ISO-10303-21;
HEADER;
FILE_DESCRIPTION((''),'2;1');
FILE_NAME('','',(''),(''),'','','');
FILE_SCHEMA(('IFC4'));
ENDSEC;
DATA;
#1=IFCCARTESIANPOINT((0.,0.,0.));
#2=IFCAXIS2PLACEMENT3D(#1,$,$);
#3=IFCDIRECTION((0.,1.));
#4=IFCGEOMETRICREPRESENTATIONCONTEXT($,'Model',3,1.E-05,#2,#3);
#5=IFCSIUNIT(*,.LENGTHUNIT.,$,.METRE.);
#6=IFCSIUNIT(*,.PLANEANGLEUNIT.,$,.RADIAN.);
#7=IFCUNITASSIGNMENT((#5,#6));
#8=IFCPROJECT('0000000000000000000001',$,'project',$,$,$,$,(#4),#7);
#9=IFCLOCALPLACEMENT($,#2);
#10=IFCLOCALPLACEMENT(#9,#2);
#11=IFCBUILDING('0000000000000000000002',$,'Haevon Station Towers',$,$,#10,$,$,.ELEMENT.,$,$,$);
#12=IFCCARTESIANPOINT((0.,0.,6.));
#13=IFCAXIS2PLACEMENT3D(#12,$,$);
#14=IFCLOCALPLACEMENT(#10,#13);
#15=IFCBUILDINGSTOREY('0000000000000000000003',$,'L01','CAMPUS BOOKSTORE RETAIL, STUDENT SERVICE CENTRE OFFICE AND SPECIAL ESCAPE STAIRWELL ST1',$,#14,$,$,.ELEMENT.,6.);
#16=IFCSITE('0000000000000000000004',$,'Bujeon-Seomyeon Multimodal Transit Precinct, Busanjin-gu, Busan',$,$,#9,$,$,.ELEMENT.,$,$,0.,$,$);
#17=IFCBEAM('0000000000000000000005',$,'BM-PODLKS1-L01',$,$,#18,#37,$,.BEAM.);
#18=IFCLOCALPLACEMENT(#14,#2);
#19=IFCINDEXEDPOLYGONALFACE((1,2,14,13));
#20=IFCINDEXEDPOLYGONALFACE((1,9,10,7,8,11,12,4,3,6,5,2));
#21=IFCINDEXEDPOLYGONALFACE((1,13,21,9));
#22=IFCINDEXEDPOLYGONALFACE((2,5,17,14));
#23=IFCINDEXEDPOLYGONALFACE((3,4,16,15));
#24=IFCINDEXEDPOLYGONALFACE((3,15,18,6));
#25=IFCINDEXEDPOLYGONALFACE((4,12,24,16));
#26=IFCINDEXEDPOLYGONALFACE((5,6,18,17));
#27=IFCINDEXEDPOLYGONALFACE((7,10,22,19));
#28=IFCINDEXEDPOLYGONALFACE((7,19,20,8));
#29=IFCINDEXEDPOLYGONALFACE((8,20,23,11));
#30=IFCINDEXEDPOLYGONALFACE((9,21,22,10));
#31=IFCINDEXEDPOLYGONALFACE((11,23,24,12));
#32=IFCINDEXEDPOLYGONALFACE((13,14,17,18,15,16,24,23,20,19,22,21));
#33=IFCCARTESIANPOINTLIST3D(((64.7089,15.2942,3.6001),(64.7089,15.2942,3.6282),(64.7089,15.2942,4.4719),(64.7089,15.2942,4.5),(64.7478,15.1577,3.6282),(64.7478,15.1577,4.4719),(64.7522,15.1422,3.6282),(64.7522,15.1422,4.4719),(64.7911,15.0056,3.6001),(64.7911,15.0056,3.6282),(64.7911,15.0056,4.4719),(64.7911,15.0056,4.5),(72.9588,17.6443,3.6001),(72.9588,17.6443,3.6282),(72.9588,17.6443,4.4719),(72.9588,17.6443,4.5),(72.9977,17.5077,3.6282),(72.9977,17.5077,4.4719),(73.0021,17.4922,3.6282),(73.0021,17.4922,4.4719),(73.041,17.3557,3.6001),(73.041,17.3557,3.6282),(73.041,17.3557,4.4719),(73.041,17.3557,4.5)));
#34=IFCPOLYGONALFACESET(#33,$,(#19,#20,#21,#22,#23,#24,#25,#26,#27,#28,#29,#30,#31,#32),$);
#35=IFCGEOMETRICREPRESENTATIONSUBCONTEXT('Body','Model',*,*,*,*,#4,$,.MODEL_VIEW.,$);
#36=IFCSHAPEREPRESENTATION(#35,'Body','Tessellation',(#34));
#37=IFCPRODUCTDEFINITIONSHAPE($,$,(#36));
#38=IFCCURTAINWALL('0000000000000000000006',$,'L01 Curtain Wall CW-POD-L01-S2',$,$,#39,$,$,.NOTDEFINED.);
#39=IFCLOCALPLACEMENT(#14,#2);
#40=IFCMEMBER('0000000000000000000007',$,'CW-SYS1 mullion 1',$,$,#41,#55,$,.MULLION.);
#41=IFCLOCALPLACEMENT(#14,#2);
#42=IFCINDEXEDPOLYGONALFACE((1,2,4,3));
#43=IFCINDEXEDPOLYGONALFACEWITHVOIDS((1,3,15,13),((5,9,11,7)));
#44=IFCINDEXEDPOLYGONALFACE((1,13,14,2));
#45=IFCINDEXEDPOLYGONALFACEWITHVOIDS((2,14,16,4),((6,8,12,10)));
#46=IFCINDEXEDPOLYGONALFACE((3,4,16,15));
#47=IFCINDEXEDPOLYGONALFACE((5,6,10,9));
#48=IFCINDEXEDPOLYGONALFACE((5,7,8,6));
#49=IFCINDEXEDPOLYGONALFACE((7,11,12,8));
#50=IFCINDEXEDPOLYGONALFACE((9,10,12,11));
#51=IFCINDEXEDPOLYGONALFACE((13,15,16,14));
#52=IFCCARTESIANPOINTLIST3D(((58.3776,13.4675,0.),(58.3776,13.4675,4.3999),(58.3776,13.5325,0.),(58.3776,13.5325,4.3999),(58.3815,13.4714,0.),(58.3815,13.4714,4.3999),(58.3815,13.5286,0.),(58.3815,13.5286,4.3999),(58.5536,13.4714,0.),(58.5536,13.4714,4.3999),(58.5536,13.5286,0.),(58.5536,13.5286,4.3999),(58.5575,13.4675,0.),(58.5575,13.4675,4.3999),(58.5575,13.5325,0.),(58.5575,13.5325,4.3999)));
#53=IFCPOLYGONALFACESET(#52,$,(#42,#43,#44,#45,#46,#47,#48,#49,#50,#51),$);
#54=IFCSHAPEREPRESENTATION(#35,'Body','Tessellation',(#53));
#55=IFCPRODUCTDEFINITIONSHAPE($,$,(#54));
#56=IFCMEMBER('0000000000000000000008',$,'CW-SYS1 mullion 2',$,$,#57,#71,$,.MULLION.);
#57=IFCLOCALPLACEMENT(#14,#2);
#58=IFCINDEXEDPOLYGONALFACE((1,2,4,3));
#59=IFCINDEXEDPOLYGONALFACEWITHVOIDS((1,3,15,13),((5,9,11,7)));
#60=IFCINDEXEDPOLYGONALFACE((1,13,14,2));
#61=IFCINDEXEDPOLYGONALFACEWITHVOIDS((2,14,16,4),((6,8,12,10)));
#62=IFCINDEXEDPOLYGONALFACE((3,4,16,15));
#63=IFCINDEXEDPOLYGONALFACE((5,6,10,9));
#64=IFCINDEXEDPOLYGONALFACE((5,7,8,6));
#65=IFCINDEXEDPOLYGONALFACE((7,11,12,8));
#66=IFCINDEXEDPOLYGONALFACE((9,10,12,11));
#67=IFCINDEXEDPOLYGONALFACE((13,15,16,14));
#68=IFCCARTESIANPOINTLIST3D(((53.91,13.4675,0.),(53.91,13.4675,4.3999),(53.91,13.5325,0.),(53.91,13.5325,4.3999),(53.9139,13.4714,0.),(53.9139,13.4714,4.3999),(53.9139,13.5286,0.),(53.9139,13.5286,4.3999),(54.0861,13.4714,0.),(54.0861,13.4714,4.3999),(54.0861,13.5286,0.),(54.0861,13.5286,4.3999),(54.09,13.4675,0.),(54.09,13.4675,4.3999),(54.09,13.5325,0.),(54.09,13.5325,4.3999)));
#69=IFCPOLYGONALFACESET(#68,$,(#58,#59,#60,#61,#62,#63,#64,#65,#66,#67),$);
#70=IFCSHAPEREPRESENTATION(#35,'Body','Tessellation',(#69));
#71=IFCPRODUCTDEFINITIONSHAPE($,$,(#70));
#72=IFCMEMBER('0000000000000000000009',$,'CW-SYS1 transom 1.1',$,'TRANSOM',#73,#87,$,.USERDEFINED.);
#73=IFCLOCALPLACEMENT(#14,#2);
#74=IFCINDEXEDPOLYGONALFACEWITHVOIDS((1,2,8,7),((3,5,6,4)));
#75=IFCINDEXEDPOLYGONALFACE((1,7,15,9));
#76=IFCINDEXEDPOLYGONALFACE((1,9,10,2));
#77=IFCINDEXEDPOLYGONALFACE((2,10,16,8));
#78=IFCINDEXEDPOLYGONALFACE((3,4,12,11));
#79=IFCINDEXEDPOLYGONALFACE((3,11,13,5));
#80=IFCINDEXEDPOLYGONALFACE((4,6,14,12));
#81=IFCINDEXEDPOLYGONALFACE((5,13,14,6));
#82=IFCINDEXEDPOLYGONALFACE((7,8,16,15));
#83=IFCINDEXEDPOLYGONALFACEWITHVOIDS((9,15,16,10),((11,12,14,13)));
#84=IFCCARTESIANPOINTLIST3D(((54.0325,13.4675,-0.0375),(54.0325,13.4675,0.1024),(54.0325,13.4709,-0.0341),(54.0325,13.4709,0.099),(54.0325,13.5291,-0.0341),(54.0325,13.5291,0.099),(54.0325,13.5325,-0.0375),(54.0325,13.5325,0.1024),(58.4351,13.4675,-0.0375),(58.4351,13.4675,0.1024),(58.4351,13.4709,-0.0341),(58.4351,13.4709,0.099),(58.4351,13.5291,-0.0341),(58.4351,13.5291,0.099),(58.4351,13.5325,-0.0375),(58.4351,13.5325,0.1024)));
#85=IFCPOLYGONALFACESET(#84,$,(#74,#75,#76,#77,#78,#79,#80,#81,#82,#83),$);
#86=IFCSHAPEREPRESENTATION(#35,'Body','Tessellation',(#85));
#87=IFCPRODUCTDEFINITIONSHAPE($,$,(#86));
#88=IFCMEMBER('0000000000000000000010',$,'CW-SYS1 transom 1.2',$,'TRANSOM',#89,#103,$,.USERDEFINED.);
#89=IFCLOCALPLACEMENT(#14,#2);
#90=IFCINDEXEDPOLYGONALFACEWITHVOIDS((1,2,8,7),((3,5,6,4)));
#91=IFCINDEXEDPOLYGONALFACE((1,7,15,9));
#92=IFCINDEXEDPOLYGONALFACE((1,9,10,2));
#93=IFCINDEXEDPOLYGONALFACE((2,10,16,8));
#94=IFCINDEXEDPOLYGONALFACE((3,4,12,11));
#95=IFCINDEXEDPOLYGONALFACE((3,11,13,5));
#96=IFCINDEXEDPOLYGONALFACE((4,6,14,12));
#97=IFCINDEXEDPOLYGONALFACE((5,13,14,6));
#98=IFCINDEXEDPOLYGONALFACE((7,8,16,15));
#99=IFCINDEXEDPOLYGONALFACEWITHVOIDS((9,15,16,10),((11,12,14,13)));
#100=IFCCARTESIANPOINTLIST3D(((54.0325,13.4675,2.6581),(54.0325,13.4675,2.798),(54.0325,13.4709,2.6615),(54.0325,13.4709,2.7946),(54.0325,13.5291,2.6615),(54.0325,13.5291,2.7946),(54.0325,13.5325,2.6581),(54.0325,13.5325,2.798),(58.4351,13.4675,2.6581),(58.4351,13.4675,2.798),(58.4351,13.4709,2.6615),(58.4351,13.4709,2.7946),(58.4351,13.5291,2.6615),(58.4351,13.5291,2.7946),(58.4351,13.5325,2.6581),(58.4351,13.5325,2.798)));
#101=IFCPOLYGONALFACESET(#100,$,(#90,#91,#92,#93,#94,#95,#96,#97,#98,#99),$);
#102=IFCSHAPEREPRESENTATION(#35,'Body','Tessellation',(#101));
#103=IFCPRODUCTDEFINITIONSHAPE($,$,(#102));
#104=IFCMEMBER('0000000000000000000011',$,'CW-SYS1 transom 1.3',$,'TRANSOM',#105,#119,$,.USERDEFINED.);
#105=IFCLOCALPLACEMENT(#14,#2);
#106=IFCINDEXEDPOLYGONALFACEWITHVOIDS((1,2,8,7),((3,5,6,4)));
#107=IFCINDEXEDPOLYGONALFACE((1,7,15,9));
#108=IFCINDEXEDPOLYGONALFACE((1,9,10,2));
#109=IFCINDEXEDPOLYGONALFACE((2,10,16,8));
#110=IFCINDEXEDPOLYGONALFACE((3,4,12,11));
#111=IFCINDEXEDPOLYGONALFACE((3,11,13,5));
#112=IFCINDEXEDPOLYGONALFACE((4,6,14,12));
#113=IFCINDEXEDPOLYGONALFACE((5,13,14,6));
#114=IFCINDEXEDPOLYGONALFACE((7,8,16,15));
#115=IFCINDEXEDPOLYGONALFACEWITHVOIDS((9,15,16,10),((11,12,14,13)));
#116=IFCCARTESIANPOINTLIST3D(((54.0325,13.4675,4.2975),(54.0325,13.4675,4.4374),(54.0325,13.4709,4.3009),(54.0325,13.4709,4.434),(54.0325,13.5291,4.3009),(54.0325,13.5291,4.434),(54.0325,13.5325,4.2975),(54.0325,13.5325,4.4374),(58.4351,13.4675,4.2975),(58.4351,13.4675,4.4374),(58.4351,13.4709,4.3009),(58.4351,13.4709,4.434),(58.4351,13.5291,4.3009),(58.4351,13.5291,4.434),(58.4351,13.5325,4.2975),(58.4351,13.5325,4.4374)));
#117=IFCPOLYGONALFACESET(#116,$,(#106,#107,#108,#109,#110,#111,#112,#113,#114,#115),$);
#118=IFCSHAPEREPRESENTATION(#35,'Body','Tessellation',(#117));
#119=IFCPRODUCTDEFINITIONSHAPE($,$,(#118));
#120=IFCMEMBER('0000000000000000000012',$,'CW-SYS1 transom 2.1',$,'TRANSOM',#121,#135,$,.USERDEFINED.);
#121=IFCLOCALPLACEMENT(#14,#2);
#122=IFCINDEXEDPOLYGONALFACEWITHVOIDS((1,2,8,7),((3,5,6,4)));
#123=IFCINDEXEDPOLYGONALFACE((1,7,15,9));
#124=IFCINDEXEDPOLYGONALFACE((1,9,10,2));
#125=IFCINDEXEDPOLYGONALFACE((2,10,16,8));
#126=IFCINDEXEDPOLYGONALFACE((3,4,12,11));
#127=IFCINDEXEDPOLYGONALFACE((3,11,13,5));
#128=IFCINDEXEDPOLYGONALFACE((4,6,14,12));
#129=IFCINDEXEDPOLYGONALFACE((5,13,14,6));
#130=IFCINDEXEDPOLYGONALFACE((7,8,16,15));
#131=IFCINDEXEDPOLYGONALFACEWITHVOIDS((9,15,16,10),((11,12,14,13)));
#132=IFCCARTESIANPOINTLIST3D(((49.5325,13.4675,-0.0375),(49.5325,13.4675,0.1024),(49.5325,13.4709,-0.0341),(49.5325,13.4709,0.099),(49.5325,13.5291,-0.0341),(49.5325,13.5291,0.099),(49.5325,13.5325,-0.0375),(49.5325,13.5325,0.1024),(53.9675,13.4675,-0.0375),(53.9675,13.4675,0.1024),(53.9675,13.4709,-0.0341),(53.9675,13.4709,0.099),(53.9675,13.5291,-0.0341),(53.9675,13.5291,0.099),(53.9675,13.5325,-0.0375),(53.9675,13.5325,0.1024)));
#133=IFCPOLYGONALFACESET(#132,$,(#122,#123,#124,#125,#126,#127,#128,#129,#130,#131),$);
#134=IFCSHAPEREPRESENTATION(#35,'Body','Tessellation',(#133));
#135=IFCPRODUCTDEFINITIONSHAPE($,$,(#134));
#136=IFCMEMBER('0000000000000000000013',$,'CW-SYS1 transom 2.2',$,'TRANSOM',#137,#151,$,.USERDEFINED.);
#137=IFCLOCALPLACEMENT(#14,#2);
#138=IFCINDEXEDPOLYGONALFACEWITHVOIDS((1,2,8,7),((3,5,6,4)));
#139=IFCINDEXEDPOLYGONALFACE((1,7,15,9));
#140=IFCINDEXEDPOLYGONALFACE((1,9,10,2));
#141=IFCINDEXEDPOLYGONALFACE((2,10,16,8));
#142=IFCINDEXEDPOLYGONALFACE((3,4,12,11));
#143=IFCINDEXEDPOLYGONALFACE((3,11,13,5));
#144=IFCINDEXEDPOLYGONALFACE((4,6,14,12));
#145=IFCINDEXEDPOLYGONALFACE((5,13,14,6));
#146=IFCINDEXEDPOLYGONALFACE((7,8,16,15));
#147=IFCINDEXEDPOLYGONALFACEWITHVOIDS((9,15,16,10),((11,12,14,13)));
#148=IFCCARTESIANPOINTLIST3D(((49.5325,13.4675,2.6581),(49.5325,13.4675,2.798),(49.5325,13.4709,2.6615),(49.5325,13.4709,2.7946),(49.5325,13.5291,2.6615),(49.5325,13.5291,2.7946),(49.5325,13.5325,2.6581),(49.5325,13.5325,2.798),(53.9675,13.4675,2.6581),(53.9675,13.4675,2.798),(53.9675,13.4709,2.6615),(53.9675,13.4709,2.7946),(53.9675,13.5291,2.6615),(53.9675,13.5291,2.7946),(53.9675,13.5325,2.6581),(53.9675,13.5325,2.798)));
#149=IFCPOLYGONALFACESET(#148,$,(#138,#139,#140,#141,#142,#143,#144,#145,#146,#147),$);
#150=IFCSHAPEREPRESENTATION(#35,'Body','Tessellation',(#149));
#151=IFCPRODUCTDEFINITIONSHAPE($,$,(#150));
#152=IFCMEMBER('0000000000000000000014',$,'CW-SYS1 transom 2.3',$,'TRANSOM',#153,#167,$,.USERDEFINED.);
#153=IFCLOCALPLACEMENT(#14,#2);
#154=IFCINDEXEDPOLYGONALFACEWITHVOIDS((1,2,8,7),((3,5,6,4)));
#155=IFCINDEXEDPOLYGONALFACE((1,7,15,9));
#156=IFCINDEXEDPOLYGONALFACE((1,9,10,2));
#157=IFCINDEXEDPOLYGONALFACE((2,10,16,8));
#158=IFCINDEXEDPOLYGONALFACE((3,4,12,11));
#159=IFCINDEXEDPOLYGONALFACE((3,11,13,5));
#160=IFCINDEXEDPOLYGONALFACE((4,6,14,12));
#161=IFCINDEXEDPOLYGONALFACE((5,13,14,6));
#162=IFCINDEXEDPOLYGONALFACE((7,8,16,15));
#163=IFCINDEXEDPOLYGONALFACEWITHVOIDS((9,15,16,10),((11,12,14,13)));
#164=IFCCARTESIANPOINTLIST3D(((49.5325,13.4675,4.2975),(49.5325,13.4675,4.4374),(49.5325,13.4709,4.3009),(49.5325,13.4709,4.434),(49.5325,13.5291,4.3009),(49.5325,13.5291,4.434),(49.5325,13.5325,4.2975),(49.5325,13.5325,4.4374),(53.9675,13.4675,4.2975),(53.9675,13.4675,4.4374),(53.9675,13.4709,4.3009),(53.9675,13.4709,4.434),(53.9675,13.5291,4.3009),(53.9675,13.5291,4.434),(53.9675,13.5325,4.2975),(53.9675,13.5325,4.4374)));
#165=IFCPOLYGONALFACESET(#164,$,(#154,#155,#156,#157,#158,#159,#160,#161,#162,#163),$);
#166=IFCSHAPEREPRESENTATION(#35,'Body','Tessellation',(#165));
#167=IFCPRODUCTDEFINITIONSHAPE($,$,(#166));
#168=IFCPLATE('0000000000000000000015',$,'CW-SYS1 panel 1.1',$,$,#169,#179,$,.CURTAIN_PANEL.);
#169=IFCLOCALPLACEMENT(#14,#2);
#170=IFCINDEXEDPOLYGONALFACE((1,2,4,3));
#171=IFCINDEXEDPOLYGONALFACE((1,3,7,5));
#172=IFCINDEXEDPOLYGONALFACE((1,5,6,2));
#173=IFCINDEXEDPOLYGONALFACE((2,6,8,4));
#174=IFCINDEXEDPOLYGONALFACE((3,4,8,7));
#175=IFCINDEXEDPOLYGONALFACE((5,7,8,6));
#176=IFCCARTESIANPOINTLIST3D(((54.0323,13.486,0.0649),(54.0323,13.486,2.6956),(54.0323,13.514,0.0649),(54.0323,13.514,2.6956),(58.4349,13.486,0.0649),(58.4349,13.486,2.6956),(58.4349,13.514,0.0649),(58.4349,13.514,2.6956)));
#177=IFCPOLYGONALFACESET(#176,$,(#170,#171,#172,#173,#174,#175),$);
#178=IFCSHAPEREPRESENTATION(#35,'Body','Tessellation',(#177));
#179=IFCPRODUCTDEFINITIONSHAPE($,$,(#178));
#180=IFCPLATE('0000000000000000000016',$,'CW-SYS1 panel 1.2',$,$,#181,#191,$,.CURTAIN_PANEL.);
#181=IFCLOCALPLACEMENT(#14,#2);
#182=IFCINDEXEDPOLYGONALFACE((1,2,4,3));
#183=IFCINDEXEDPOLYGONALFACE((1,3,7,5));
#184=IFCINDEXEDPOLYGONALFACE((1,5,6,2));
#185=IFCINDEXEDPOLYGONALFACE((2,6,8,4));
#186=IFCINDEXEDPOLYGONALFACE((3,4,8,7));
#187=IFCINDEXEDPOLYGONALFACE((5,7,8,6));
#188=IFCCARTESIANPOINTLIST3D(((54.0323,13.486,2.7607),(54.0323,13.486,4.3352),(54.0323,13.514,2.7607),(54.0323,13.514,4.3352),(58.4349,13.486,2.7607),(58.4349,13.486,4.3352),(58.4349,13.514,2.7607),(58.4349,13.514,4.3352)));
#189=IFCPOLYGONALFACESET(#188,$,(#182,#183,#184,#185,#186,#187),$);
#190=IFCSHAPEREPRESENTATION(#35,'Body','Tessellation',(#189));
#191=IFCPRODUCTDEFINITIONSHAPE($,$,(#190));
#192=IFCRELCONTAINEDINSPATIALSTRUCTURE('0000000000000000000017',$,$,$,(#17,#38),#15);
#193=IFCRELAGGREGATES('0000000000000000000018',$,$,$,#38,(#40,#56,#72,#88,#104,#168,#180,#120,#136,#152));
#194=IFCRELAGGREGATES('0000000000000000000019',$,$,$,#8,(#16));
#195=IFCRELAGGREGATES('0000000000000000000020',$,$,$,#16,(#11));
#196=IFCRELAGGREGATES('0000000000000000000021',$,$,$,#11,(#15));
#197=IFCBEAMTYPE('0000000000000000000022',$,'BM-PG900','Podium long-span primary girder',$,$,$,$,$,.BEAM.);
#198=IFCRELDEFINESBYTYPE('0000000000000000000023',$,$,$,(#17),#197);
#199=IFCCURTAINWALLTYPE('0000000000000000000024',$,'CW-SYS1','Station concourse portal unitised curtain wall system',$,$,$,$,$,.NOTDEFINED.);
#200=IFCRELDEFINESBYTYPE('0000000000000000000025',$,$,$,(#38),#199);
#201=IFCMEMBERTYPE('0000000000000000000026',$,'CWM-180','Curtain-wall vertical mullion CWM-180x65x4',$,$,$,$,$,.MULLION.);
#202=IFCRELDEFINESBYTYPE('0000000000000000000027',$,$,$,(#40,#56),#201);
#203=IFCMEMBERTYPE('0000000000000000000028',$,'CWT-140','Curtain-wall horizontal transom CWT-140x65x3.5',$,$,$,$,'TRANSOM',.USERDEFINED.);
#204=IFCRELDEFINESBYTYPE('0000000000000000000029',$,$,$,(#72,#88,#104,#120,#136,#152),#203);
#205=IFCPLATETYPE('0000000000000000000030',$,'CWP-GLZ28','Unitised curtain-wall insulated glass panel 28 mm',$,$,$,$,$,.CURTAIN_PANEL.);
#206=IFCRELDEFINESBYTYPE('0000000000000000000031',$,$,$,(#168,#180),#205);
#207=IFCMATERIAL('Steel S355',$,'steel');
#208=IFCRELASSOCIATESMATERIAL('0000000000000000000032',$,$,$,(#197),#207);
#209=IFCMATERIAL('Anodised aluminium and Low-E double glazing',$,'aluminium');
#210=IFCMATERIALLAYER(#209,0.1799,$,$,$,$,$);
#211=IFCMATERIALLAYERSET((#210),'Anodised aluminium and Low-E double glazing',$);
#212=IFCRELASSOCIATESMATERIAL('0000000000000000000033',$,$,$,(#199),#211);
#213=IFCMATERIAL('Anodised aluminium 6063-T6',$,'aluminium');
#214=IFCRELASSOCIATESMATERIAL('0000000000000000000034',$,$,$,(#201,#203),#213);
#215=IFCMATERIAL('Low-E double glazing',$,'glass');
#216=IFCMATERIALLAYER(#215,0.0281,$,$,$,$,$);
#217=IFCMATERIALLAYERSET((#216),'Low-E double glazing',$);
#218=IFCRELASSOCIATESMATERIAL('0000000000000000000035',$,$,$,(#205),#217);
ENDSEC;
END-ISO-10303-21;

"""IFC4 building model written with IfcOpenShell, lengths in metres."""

from ifc_helpers import new_model, si_unit, direction, frame, origin, origin_2d, place, context, subcontext, project, spatial, rectangle, hollow_rectangle, i_section, extrude, material, layer, layer_set, material_profile, profile_set, type_object, element, aggregate, save


model = new_model("IFC4")

# Units and contexts
model_context = context("Model", 3, precision=1e-05, world=origin(), true_north=direction((0.0, 1.0)))
body_context = subcontext(model_context, "Body", "Model", "MODEL_VIEW")
ifc_project = project(units=[si_unit("LENGTHUNIT", "METRE"), si_unit("PLANEANGLEUNIT", "RADIAN")], contexts=[model_context])

# Site, building, storey
site_placement = place(None, origin())
site = spatial("IfcSite", under=ifc_project, at=site_placement, Name="Bujeon-Seomyeon Multimodal Transit Precinct, Busanjin-gu, Busan", CompositionType="ELEMENT", RefElevation=0.0)
building_placement = place(site_placement, origin())
building = spatial("IfcBuilding", under=site, at=building_placement, Name="Haevon Station Towers", CompositionType="ELEMENT")
storey_placement = place(building_placement, frame((0.0, 0.0, 6.0)))
storey = spatial("IfcBuildingStorey", under=building, at=storey_placement, Name="L01", Description="CAMPUS BOOKSTORE RETAIL, STUDENT SERVICE CENTRE OFFICE AND SPECIAL ESCAPE STAIRWELL ST1", CompositionType="ELEMENT", Elevation=6.0)

# Beam
ifc_material_1 = material(Name="Steel S355", Category="steel")
ifc_material_profile_1 = material_profile(ifc_material_1, i_section(OverallWidth=0.3, OverallDepth=0.8999, WebThickness=0.0161, FlangeThickness=0.0281, at=origin_2d()), Name="H-900x300x16x28")
ifc_profile_set_1 = profile_set([ifc_material_profile_1], Name="Steel S355")
beam_type_1 = type_object("IfcBeamType", Name="BM-PG900", Description="Podium long-span primary girder", PredefinedType="BEAM", material=ifc_profile_set_1)
beam_1_placement = place(storey_placement, frame((64.75, 15.1499, 4.05), z_axis=(0.961741, 0.273962, 0.0), x_axis=(-0.273962, 0.961741, 0.0)))
element("IfcBeam", 1, at=beam_1_placement, inside=storey, type_object=beam_type_1, Name="BM-PODLKS1-L01", PredefinedType="BEAM", context=body_context, shape_type="SweptSolid", body=[
    extrude(i_section(OverallWidth=0.3, OverallDepth=0.8999, WebThickness=0.0161, FlangeThickness=0.0281, at=origin_2d()), origin(), (0.0, 0.0, 1.0), 8.5781),
])

# Curtain wall, members, plates
ifc_material_2 = material(Name="Anodised aluminium and Low-E double glazing", Category="aluminium")
ifc_layer_1 = layer(ifc_material_2, 0.1799)
ifc_layer_set_1 = layer_set([ifc_layer_1], Name="Anodised aluminium and Low-E double glazing")
curtain_wall_type = type_object("IfcCurtainWallType", Name="CW-SYS1", Description="Station concourse portal unitised curtain wall system", PredefinedType="NOTDEFINED", material=ifc_layer_set_1)
curtain_wall_placement = place(storey_placement, origin())
curtain_wall = element("IfcCurtainWall", 2, at=curtain_wall_placement, inside=storey, type_object=curtain_wall_type, Name="L01 Curtain Wall CW-POD-L01-S2", PredefinedType="NOTDEFINED")
ifc_material_3 = material(Name="Anodised aluminium 6063-T6", Category="aluminium")
ifc_material_profile_2 = material_profile(ifc_material_3, hollow_rectangle(XDim=0.0649, YDim=0.1799, WallThickness=0.0039, at=origin_2d()), Name="CWM-180x65x4")
ifc_profile_set_2 = profile_set([ifc_material_profile_2], Name="Anodised aluminium 6063-T6")
member_type_1 = type_object("IfcMemberType", Name="CWM-180", Description="Curtain-wall vertical mullion CWM-180x65x4", PredefinedType="MULLION", material=ifc_profile_set_2)
member_1_placement = place(storey_placement, frame((58.4675, 13.5, 0.0), z_axis=(0.0, 0.0, 1.0), x_axis=(0.0, -1.0, 0.0)))
member_1 = element("IfcMember", 3, at=member_1_placement, type_object=member_type_1, Name="CW-SYS1 mullion 1", PredefinedType="MULLION", context=body_context, shape_type="SweptSolid", body=[
    extrude(hollow_rectangle(XDim=0.0649, YDim=0.1799, WallThickness=0.0039, at=origin_2d()), origin(), (0.0, 0.0, 1.0), 4.3999),
])
member_2_placement = place(storey_placement, frame((54.0, 13.5, 0.0), z_axis=(0.0, 0.0, 1.0), x_axis=(0.0, -1.0, 0.0)))
member_2 = element("IfcMember", 4, at=member_2_placement, type_object=member_type_1, Name="CW-SYS1 mullion 2", PredefinedType="MULLION", context=body_context, shape_type="SweptSolid", body=[
    extrude(hollow_rectangle(XDim=0.0649, YDim=0.1799, WallThickness=0.0039, at=origin_2d()), origin(), (0.0, 0.0, 1.0), 4.3999),
])
ifc_material_profile_3 = material_profile(ifc_material_3, hollow_rectangle(XDim=0.0649, YDim=0.1399, WallThickness=0.0034, at=origin_2d()), Name="CWT-140x65x3.5")
ifc_profile_set_3 = profile_set([ifc_material_profile_3], Name="Anodised aluminium 6063-T6")
member_type_2 = type_object("IfcMemberType", Name="CWT-140", Description="Curtain-wall horizontal transom CWT-140x65x3.5", ElementType="TRANSOM", PredefinedType="USERDEFINED", material=ifc_profile_set_3)
member_3_placement = place(storey_placement, frame((58.4351, 13.5, 0.0325), z_axis=(-1.0, 0.0, 0.0), x_axis=(0.0, -1.0, 0.0)))
member_3 = element("IfcMember", 5, at=member_3_placement, type_object=member_type_2, Name="CW-SYS1 transom 1.1", ObjectType="TRANSOM", PredefinedType="USERDEFINED", context=body_context, shape_type="SweptSolid", body=[
    extrude(hollow_rectangle(XDim=0.0649, YDim=0.1399, WallThickness=0.0034, at=origin_2d()), origin(), (0.0, 0.0, 1.0), 4.4026),
])
member_4_placement = place(storey_placement, frame((58.4351, 13.5, 2.728), z_axis=(-1.0, 0.0, 0.0), x_axis=(0.0, -1.0, 0.0)))
member_4 = element("IfcMember", 6, at=member_4_placement, type_object=member_type_2, Name="CW-SYS1 transom 1.2", ObjectType="TRANSOM", PredefinedType="USERDEFINED", context=body_context, shape_type="SweptSolid", body=[
    extrude(hollow_rectangle(XDim=0.0649, YDim=0.1399, WallThickness=0.0034, at=origin_2d()), origin(), (0.0, 0.0, 1.0), 4.4026),
])
member_5_placement = place(storey_placement, frame((58.4351, 13.5, 4.3674), z_axis=(-1.0, 0.0, 0.0), x_axis=(0.0, -1.0, 0.0)))
member_5 = element("IfcMember", 7, at=member_5_placement, type_object=member_type_2, Name="CW-SYS1 transom 1.3", ObjectType="TRANSOM", PredefinedType="USERDEFINED", context=body_context, shape_type="SweptSolid", body=[
    extrude(hollow_rectangle(XDim=0.0649, YDim=0.1399, WallThickness=0.0034, at=origin_2d()), origin(), (0.0, 0.0, 1.0), 4.4026),
])
member_6_placement = place(storey_placement, frame((53.9675, 13.5, 0.0325), z_axis=(-1.0, 0.0, 0.0), x_axis=(0.0, -1.0, 0.0)))
member_6 = element("IfcMember", 8, at=member_6_placement, type_object=member_type_2, Name="CW-SYS1 transom 2.1", ObjectType="TRANSOM", PredefinedType="USERDEFINED", context=body_context, shape_type="SweptSolid", body=[
    extrude(hollow_rectangle(XDim=0.0649, YDim=0.1399, WallThickness=0.0034, at=origin_2d()), origin(), (0.0, 0.0, 1.0), 4.4351),
])
member_7_placement = place(storey_placement, frame((53.9675, 13.5, 2.728), z_axis=(-1.0, 0.0, 0.0), x_axis=(0.0, -1.0, 0.0)))
member_7 = element("IfcMember", 9, at=member_7_placement, type_object=member_type_2, Name="CW-SYS1 transom 2.2", ObjectType="TRANSOM", PredefinedType="USERDEFINED", context=body_context, shape_type="SweptSolid", body=[
    extrude(hollow_rectangle(XDim=0.0649, YDim=0.1399, WallThickness=0.0034, at=origin_2d()), origin(), (0.0, 0.0, 1.0), 4.4351),
])
member_8_placement = place(storey_placement, frame((53.9675, 13.5, 4.3674), z_axis=(-1.0, 0.0, 0.0), x_axis=(0.0, -1.0, 0.0)))
member_8 = element("IfcMember", 10, at=member_8_placement, type_object=member_type_2, Name="CW-SYS1 transom 2.3", ObjectType="TRANSOM", PredefinedType="USERDEFINED", context=body_context, shape_type="SweptSolid", body=[
    extrude(hollow_rectangle(XDim=0.0649, YDim=0.1399, WallThickness=0.0034, at=origin_2d()), origin(), (0.0, 0.0, 1.0), 4.4351),
])
ifc_material_4 = material(Name="Low-E double glazing", Category="glass")
ifc_layer_2 = layer(ifc_material_4, 0.0281)
ifc_layer_set_2 = layer_set([ifc_layer_2], Name="Low-E double glazing")
plate_type = type_object("IfcPlateType", Name="CWP-GLZ28", Description="Unitised curtain-wall insulated glass panel 28 mm", PredefinedType="CURTAIN_PANEL", material=ifc_layer_set_2)
plate_1_placement = place(storey_placement, frame((56.2336, 13.5, 0.0649), z_axis=(0.0, 0.0, 1.0), x_axis=(-1.0, 0.0, 0.0)))
plate_1 = element("IfcPlate", 11, at=plate_1_placement, type_object=plate_type, Name="CW-SYS1 panel 1.1", PredefinedType="CURTAIN_PANEL", context=body_context, shape_type="SweptSolid", body=[
    extrude(rectangle(XDim=4.4026, YDim=0.0281, at=origin_2d()), origin(), (0.0, 0.0, 1.0), 2.6306),
])
plate_2_placement = place(storey_placement, frame((56.2336, 13.5, 2.7607), z_axis=(0.0, 0.0, 1.0), x_axis=(-1.0, 0.0, 0.0)))
plate_2 = element("IfcPlate", 12, at=plate_2_placement, type_object=plate_type, Name="CW-SYS1 panel 1.2", PredefinedType="CURTAIN_PANEL", context=body_context, shape_type="SweptSolid", body=[
    extrude(rectangle(XDim=4.4026, YDim=0.0281, at=origin_2d()), origin(), (0.0, 0.0, 1.0), 1.5745),
])
aggregate(curtain_wall, [member_1, member_2, member_3, member_4, member_5, plate_1, plate_2, member_6, member_7, member_8])

save(model, "model.ifc")
